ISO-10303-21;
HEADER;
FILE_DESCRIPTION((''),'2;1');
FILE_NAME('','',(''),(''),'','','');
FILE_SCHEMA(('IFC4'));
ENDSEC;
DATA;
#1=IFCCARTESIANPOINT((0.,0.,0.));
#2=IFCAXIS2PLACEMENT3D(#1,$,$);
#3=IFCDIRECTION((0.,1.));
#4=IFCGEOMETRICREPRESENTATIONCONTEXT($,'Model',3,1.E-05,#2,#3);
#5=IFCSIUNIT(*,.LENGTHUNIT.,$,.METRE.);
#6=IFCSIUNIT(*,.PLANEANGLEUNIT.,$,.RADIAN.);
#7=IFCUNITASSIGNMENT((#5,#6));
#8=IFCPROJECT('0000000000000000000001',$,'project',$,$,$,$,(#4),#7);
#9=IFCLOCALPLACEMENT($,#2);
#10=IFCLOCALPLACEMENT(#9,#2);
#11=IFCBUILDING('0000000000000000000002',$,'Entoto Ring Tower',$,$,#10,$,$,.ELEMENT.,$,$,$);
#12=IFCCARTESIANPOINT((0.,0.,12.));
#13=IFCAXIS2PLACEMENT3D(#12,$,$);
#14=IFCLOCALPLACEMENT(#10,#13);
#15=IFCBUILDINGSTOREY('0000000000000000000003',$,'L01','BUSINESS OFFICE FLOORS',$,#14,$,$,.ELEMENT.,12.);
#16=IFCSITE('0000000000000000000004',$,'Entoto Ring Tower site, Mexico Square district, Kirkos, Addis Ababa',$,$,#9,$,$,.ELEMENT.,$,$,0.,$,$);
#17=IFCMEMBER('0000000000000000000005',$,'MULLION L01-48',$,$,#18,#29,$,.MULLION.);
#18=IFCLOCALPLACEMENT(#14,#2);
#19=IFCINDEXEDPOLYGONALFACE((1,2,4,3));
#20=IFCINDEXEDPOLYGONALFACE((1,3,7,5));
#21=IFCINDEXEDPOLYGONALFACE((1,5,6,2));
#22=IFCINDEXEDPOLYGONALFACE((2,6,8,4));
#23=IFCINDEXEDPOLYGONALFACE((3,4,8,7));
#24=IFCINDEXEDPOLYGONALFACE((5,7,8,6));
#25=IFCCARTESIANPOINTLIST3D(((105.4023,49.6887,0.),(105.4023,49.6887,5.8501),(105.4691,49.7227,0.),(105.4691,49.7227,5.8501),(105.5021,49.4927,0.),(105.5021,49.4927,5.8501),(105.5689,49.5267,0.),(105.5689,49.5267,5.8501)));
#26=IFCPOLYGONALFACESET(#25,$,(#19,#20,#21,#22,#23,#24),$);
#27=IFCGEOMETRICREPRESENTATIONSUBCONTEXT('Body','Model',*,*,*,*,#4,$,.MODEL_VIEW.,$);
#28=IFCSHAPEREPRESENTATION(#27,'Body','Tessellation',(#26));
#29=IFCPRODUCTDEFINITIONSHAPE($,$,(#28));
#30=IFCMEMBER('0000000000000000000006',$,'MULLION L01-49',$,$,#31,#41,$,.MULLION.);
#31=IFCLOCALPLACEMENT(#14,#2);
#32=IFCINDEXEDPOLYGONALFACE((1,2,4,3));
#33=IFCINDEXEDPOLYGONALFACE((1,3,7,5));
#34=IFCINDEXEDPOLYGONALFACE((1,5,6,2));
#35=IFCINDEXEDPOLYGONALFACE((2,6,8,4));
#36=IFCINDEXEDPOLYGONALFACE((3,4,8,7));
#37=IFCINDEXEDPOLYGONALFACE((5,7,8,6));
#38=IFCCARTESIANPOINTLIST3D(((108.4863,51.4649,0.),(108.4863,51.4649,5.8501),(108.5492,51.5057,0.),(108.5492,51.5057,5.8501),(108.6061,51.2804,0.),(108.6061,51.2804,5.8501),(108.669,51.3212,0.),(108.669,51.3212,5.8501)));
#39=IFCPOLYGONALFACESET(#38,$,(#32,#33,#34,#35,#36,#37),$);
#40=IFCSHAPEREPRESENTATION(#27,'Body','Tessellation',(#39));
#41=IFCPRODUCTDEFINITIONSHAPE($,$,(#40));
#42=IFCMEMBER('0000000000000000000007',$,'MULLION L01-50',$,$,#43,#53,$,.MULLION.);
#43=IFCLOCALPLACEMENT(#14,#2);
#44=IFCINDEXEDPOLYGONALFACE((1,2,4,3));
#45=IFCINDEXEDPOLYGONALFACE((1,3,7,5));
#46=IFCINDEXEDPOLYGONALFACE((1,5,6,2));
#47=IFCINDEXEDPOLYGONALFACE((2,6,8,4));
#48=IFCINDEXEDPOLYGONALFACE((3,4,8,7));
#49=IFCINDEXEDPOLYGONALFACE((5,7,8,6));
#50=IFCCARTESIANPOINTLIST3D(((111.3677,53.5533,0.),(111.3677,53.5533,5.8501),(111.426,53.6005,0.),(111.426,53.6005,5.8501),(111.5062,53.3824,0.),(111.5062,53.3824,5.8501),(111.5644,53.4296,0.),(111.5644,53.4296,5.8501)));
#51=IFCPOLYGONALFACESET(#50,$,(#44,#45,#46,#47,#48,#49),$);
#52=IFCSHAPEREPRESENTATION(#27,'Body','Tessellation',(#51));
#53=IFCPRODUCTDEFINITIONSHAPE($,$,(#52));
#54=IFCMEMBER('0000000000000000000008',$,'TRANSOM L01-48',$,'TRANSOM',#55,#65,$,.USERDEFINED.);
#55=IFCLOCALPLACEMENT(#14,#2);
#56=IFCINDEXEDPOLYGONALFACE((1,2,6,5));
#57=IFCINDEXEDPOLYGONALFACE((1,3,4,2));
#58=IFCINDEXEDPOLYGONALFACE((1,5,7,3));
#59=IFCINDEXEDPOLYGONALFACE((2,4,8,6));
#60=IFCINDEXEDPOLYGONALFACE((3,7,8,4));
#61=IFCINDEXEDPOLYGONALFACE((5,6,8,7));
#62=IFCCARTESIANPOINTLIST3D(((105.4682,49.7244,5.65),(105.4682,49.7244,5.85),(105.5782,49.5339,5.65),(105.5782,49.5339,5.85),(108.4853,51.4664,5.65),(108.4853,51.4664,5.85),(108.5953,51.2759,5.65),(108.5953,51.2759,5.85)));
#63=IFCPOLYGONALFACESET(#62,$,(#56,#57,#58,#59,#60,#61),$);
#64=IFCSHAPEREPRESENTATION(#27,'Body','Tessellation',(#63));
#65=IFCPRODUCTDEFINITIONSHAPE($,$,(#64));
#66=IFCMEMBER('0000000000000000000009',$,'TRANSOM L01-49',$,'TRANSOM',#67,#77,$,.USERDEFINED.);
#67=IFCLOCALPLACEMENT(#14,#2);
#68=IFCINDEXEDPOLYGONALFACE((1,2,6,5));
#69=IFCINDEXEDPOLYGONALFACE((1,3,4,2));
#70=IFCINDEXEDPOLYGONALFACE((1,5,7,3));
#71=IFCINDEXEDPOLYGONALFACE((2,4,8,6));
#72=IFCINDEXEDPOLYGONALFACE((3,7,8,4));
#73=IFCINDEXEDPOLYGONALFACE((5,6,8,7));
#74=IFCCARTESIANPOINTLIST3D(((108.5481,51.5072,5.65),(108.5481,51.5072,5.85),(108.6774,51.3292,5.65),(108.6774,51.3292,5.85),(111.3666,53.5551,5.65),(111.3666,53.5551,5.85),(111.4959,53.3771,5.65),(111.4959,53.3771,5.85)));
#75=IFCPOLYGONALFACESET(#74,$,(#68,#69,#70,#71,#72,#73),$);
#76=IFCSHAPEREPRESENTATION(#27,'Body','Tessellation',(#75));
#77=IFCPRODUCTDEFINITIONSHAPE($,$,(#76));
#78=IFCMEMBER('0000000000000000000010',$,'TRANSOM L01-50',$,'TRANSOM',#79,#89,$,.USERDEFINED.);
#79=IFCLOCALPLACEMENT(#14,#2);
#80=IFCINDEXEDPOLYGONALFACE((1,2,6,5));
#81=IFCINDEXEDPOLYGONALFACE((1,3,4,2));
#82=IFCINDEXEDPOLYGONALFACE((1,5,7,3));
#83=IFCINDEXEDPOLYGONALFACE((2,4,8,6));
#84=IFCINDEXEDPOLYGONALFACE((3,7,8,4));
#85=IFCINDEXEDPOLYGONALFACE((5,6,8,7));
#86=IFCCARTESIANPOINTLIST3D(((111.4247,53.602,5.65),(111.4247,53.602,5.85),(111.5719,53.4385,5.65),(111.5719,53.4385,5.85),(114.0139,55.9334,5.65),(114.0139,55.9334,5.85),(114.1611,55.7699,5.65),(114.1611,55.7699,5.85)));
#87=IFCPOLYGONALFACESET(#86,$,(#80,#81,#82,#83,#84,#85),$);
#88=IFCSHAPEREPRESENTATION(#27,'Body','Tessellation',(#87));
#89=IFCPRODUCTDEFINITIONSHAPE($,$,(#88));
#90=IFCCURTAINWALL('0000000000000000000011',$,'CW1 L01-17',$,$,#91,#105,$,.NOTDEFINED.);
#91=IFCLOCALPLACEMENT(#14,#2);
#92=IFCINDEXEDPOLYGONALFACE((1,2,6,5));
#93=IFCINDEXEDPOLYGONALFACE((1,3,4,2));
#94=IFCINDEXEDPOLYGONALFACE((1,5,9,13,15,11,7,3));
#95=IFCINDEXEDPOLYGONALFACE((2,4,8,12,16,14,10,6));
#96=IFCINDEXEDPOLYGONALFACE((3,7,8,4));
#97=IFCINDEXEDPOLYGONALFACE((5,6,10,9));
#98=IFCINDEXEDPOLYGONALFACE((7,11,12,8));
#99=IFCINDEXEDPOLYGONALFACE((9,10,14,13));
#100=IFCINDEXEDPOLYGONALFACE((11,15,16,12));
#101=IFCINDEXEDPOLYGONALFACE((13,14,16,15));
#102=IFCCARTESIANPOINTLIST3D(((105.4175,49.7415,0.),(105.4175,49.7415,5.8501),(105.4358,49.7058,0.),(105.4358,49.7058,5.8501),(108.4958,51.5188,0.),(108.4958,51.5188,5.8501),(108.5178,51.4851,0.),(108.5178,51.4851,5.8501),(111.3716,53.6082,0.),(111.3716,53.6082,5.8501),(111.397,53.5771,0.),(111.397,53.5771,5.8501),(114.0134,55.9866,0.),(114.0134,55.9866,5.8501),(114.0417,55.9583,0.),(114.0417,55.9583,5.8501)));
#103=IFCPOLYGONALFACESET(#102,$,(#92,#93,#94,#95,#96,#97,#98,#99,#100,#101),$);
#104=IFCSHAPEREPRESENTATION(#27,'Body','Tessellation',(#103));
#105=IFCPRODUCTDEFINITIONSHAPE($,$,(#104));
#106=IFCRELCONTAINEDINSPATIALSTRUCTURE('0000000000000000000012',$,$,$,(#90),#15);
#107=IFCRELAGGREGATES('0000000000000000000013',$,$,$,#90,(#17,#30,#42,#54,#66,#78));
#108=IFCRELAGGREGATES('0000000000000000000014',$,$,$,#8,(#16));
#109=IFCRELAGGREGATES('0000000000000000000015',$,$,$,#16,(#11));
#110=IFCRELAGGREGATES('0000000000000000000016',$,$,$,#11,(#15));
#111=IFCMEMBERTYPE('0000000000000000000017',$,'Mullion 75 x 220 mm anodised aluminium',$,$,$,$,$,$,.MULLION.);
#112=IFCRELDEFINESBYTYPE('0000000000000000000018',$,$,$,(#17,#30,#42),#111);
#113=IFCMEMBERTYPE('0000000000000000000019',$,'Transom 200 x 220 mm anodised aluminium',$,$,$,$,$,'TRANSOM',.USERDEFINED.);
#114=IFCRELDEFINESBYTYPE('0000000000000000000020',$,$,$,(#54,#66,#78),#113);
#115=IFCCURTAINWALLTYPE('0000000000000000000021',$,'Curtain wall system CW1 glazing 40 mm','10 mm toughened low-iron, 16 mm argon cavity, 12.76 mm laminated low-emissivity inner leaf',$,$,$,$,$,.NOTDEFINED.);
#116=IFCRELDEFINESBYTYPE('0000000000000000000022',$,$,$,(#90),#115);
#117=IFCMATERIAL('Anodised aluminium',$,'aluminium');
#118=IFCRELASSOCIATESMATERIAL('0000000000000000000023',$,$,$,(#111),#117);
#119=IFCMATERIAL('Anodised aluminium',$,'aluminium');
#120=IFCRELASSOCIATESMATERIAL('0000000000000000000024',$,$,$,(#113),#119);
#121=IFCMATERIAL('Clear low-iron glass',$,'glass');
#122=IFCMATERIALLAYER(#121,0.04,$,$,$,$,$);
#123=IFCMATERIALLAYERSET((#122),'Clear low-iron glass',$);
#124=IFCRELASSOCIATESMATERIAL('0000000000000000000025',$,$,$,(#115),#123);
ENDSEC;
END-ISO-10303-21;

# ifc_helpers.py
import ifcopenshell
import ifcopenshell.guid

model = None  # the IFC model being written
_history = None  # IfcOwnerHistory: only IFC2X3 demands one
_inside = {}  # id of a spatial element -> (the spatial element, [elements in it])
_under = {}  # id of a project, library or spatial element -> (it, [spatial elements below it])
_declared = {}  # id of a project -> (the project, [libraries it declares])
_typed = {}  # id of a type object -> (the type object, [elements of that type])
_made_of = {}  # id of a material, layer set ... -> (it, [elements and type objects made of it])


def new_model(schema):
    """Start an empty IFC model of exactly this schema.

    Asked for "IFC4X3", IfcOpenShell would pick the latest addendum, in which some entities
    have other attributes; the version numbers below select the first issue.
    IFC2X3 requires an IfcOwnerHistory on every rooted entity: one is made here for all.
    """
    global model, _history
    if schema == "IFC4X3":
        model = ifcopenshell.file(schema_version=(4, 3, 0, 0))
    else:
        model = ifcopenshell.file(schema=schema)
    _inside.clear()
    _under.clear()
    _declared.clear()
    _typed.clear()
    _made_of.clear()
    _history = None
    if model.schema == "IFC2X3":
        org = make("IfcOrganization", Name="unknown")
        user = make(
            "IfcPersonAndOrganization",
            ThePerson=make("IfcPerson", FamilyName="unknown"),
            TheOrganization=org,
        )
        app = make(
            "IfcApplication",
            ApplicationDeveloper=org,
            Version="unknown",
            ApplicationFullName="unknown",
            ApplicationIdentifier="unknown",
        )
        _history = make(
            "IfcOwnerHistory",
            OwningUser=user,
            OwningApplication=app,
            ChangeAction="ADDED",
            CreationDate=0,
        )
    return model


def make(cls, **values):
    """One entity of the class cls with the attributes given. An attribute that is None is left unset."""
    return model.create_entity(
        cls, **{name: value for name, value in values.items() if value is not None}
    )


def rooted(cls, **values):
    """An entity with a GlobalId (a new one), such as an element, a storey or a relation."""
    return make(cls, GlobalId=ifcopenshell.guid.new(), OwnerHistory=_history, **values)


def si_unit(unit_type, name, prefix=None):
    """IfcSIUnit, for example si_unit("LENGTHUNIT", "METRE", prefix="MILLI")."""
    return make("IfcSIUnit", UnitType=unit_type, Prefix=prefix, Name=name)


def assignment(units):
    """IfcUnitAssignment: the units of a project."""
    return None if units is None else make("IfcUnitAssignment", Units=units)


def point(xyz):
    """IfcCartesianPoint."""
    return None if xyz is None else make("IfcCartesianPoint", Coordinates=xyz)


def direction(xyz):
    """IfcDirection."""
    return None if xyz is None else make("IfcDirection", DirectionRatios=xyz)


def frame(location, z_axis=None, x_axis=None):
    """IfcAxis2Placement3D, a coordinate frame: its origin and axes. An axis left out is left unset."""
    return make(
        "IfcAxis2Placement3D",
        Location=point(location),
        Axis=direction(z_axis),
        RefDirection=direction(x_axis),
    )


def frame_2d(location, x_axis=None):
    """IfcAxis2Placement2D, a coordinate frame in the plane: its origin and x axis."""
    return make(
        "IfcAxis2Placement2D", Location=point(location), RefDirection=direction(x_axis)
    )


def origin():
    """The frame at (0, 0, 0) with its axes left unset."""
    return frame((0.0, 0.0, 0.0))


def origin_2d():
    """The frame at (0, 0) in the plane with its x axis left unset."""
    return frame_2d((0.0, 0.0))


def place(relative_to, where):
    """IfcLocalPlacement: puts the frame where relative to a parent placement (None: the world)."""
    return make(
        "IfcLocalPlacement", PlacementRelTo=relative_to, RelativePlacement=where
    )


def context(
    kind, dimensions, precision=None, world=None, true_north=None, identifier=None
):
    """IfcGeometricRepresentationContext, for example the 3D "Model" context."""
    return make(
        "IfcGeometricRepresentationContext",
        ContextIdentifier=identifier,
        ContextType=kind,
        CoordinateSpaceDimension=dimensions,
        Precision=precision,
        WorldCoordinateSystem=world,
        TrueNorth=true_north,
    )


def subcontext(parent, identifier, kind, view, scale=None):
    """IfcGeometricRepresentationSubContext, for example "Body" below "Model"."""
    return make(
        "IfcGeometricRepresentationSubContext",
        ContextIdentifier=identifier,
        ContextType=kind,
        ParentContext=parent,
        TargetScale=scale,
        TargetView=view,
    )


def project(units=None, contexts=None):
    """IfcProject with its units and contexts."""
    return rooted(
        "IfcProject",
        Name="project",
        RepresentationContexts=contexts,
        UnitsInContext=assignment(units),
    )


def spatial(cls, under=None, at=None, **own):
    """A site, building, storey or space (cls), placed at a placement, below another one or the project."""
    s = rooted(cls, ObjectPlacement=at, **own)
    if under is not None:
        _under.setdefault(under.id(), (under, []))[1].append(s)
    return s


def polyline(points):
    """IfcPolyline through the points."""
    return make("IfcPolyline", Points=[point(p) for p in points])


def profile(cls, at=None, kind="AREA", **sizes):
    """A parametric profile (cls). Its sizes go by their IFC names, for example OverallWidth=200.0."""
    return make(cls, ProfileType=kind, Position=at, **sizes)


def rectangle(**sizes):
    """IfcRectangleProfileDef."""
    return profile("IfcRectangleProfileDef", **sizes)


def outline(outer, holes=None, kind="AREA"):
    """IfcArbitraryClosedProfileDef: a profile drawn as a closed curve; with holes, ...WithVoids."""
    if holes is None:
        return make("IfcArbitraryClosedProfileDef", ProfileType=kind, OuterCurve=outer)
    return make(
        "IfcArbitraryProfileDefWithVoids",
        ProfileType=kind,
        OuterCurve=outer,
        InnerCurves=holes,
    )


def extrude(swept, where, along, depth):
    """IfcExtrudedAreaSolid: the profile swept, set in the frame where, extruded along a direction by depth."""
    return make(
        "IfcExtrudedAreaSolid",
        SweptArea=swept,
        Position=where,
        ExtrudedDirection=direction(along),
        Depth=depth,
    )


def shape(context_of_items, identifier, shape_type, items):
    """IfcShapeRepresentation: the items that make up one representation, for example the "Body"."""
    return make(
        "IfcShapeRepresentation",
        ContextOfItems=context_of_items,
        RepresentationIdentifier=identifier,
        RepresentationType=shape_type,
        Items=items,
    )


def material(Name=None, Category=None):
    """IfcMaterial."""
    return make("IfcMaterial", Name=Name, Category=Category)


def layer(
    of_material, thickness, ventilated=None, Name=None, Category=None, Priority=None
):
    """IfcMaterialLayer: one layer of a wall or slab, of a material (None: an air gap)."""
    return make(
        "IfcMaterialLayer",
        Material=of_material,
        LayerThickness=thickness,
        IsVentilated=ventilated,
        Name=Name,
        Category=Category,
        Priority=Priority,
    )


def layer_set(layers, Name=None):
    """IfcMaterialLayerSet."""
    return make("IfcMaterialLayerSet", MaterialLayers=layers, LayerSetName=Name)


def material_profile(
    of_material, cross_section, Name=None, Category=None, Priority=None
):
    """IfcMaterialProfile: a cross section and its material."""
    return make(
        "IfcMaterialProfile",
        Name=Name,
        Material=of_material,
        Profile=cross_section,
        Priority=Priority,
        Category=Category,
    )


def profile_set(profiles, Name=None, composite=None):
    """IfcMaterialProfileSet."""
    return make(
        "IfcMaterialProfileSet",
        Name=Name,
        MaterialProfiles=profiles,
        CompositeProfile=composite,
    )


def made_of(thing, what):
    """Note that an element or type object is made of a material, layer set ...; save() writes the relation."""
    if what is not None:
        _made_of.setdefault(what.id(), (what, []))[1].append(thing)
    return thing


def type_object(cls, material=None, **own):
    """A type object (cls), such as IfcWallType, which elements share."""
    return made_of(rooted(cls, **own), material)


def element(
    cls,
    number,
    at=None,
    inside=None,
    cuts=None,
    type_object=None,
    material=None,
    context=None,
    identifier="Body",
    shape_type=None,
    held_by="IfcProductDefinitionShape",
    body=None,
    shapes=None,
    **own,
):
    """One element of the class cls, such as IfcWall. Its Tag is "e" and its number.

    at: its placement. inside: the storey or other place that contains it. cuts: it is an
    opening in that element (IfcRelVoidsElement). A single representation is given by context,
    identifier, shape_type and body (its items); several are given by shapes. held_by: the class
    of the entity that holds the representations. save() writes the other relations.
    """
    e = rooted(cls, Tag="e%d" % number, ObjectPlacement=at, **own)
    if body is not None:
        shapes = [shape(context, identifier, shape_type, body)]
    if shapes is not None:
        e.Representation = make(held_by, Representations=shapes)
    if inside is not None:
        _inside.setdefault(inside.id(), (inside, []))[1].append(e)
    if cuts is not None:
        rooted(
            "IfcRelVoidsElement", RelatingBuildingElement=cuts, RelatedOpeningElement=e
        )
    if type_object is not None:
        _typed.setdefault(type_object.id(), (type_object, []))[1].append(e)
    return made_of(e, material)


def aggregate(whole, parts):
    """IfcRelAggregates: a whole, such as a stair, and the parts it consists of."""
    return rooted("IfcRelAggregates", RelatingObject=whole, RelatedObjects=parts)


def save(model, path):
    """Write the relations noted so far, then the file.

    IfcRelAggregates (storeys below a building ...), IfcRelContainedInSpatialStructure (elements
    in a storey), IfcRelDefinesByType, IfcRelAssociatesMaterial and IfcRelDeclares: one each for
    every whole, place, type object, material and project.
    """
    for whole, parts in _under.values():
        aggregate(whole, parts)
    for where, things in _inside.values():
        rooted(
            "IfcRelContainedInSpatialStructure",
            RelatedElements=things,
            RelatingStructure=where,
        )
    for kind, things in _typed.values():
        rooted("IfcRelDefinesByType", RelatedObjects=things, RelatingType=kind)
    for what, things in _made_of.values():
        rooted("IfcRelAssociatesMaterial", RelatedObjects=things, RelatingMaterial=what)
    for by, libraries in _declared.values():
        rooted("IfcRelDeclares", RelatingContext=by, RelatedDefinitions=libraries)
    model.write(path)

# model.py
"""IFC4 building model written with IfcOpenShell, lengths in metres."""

from ifc_helpers import new_model, si_unit, direction, frame, origin, origin_2d, place, context, subcontext, project, spatial, polyline, rectangle, outline, extrude, material, layer, layer_set, material_profile, profile_set, type_object, element, aggregate, save


model = new_model("IFC4")

# Units and contexts
model_context = context("Model", 3, precision=1e-05, world=origin(), true_north=direction((0.0, 1.0)))
body_context = subcontext(model_context, "Body", "Model", "MODEL_VIEW")
ifc_project = project(units=[si_unit("LENGTHUNIT", "METRE"), si_unit("PLANEANGLEUNIT", "RADIAN")], contexts=[model_context])

# Members
ifc_material_1 = material(Name="Anodised aluminium", Category="aluminium")
ifc_material_profile_1 = material_profile(ifc_material_1, rectangle(XDim=0.075, YDim=0.22, at=origin_2d()), Name="Mullion 75 x 220 mm anodised aluminium")
ifc_profile_set_1 = profile_set([ifc_material_profile_1], Name="Anodised aluminium")
member_type_1 = type_object("IfcMemberType", Name="Mullion 75 x 220 mm anodised aluminium", PredefinedType="MULLION", material=ifc_profile_set_1)
site_placement = place(None, origin())
building_placement = place(site_placement, origin())
storey_placement = place(building_placement, frame((0.0, 0.0, 12.0)))
member_1_placement = place(storey_placement, frame((105.4856, 49.6077, 0.0), z_axis=(0.0, 0.0, 1.0), x_axis=(0.891007, 0.45399, 0.0)))
member_1 = element("IfcMember", 1, at=member_1_placement, type_object=member_type_1, Name="MULLION L01-48", PredefinedType="MULLION", context=body_context, shape_type="SweptSolid", body=[
    extrude(rectangle(XDim=0.075, YDim=0.22, at=origin_2d()), origin(), (0.0, 0.0, 1.0), 5.8501),
])
member_2_placement = place(storey_placement, frame((108.5776, 51.3931, 0.0), z_axis=(0.0, 0.0, 1.0), x_axis=(0.838671, 0.544639, 0.0)))
member_2 = element("IfcMember", 2, at=member_2_placement, type_object=member_type_1, Name="MULLION L01-49", PredefinedType="MULLION", context=body_context, shape_type="SweptSolid", body=[
    extrude(rectangle(XDim=0.075, YDim=0.22, at=origin_2d()), origin(), (0.0, 0.0, 1.0), 5.8501),
])
member_3_placement = place(storey_placement, frame((111.4661, 53.4915, 0.0), z_axis=(0.0, 0.0, 1.0), x_axis=(0.777146, 0.62932, 0.0)))
member_3 = element("IfcMember", 3, at=member_3_placement, type_object=member_type_1, Name="MULLION L01-50", PredefinedType="MULLION", context=body_context, shape_type="SweptSolid", body=[
    extrude(rectangle(XDim=0.075, YDim=0.22, at=origin_2d()), origin(), (0.0, 0.0, 1.0), 5.8501),
])
ifc_material_2 = material(Name="Anodised aluminium", Category="aluminium")
ifc_material_profile_2 = material_profile(ifc_material_2, rectangle(XDim=0.22, YDim=0.2, at=origin_2d()), Name="Transom 200 x 220 mm anodised aluminium")
ifc_profile_set_2 = profile_set([ifc_material_profile_2], Name="Anodised aluminium")
member_type_2 = type_object("IfcMemberType", Name="Transom 200 x 220 mm anodised aluminium", ElementType="TRANSOM", PredefinedType="USERDEFINED", material=ifc_profile_set_2)
member_4_placement = place(storey_placement, frame((105.5232, 49.6292, 5.75), z_axis=(0.866022, 0.500006, 0.0), x_axis=(-0.500006, 0.866022, 0.0)))
member_4 = element("IfcMember", 4, at=member_4_placement, type_object=member_type_2, Name="TRANSOM L01-48", ObjectType="TRANSOM", PredefinedType="USERDEFINED", context=body_context, shape_type="SweptSolid", body=[
    extrude(rectangle(XDim=0.22, YDim=0.2, at=origin_2d()), origin(), (0.0, 0.0, 1.0), 3.4839),
])
member_5_placement = place(storey_placement, frame((108.6128, 51.4182, 5.75), z_axis=(0.808991, 0.587822, 0.0), x_axis=(-0.587822, 0.808991, 0.0)))
member_5 = element("IfcMember", 5, at=member_5_placement, type_object=member_type_2, Name="TRANSOM L01-49", ObjectType="TRANSOM", PredefinedType="USERDEFINED", context=body_context, shape_type="SweptSolid", body=[
    extrude(rectangle(XDim=0.22, YDim=0.2, at=origin_2d()), origin(), (0.0, 0.0, 1.0), 3.4839),
])
member_6_placement = place(storey_placement, frame((111.4983, 53.5203, 5.75), z_axis=(0.743137, 0.669139, 0.0), x_axis=(-0.669139, 0.743137, 0.0)))
member_6 = element("IfcMember", 6, at=member_6_placement, type_object=member_type_2, Name="TRANSOM L01-50", ObjectType="TRANSOM", PredefinedType="USERDEFINED", context=body_context, shape_type="SweptSolid", body=[
    extrude(rectangle(XDim=0.22, YDim=0.2, at=origin_2d()), origin(), (0.0, 0.0, 1.0), 3.4841),
])

# Site, building, storey
site = spatial("IfcSite", under=ifc_project, at=site_placement, Name="Entoto Ring Tower site, Mexico Square district, Kirkos, Addis Ababa", CompositionType="ELEMENT", RefElevation=0.0)
building = spatial("IfcBuilding", under=site, at=building_placement, Name="Entoto Ring Tower", CompositionType="ELEMENT")
storey = spatial("IfcBuildingStorey", under=building, at=storey_placement, Name="L01", Description="BUSINESS OFFICE FLOORS", CompositionType="ELEMENT", Elevation=12.0)

# Curtain wall
ifc_material_3 = material(Name="Clear low-iron glass", Category="glass")
ifc_layer = layer(ifc_material_3, 0.04)
ifc_layer_set = layer_set([ifc_layer], Name="Clear low-iron glass")
curtain_wall_type = type_object("IfcCurtainWallType", Name="Curtain wall system CW1 glazing 40 mm", Description="10 mm toughened low-iron, 16 mm argon cavity, 12.76 mm laminated low-emissivity inner leaf", PredefinedType="NOTDEFINED", material=ifc_layer_set)
curtain_wall_1_placement = place(storey_placement, origin())
curtain_wall_1 = element("IfcCurtainWall", 7, at=curtain_wall_1_placement, inside=storey, type_object=curtain_wall_type, Name="CW1 L01-17", PredefinedType="NOTDEFINED", context=body_context, shape_type="SweptSolid", body=[
    extrude(outline(polyline([(105.4358, 49.7058), (108.5178, 51.4851), (111.397, 53.5771), (114.0417, 55.9583), (114.0134, 55.9866), (111.3716, 53.6082), (108.4958, 51.5188), (105.4175, 49.7415), (105.4358, 49.7058)])), origin(), (0.0, 0.0, 1.0), 5.8501),
])
aggregate(curtain_wall_1, [member_1, member_2, member_3, member_4, member_5, member_6])

save(model, "model.ifc")
